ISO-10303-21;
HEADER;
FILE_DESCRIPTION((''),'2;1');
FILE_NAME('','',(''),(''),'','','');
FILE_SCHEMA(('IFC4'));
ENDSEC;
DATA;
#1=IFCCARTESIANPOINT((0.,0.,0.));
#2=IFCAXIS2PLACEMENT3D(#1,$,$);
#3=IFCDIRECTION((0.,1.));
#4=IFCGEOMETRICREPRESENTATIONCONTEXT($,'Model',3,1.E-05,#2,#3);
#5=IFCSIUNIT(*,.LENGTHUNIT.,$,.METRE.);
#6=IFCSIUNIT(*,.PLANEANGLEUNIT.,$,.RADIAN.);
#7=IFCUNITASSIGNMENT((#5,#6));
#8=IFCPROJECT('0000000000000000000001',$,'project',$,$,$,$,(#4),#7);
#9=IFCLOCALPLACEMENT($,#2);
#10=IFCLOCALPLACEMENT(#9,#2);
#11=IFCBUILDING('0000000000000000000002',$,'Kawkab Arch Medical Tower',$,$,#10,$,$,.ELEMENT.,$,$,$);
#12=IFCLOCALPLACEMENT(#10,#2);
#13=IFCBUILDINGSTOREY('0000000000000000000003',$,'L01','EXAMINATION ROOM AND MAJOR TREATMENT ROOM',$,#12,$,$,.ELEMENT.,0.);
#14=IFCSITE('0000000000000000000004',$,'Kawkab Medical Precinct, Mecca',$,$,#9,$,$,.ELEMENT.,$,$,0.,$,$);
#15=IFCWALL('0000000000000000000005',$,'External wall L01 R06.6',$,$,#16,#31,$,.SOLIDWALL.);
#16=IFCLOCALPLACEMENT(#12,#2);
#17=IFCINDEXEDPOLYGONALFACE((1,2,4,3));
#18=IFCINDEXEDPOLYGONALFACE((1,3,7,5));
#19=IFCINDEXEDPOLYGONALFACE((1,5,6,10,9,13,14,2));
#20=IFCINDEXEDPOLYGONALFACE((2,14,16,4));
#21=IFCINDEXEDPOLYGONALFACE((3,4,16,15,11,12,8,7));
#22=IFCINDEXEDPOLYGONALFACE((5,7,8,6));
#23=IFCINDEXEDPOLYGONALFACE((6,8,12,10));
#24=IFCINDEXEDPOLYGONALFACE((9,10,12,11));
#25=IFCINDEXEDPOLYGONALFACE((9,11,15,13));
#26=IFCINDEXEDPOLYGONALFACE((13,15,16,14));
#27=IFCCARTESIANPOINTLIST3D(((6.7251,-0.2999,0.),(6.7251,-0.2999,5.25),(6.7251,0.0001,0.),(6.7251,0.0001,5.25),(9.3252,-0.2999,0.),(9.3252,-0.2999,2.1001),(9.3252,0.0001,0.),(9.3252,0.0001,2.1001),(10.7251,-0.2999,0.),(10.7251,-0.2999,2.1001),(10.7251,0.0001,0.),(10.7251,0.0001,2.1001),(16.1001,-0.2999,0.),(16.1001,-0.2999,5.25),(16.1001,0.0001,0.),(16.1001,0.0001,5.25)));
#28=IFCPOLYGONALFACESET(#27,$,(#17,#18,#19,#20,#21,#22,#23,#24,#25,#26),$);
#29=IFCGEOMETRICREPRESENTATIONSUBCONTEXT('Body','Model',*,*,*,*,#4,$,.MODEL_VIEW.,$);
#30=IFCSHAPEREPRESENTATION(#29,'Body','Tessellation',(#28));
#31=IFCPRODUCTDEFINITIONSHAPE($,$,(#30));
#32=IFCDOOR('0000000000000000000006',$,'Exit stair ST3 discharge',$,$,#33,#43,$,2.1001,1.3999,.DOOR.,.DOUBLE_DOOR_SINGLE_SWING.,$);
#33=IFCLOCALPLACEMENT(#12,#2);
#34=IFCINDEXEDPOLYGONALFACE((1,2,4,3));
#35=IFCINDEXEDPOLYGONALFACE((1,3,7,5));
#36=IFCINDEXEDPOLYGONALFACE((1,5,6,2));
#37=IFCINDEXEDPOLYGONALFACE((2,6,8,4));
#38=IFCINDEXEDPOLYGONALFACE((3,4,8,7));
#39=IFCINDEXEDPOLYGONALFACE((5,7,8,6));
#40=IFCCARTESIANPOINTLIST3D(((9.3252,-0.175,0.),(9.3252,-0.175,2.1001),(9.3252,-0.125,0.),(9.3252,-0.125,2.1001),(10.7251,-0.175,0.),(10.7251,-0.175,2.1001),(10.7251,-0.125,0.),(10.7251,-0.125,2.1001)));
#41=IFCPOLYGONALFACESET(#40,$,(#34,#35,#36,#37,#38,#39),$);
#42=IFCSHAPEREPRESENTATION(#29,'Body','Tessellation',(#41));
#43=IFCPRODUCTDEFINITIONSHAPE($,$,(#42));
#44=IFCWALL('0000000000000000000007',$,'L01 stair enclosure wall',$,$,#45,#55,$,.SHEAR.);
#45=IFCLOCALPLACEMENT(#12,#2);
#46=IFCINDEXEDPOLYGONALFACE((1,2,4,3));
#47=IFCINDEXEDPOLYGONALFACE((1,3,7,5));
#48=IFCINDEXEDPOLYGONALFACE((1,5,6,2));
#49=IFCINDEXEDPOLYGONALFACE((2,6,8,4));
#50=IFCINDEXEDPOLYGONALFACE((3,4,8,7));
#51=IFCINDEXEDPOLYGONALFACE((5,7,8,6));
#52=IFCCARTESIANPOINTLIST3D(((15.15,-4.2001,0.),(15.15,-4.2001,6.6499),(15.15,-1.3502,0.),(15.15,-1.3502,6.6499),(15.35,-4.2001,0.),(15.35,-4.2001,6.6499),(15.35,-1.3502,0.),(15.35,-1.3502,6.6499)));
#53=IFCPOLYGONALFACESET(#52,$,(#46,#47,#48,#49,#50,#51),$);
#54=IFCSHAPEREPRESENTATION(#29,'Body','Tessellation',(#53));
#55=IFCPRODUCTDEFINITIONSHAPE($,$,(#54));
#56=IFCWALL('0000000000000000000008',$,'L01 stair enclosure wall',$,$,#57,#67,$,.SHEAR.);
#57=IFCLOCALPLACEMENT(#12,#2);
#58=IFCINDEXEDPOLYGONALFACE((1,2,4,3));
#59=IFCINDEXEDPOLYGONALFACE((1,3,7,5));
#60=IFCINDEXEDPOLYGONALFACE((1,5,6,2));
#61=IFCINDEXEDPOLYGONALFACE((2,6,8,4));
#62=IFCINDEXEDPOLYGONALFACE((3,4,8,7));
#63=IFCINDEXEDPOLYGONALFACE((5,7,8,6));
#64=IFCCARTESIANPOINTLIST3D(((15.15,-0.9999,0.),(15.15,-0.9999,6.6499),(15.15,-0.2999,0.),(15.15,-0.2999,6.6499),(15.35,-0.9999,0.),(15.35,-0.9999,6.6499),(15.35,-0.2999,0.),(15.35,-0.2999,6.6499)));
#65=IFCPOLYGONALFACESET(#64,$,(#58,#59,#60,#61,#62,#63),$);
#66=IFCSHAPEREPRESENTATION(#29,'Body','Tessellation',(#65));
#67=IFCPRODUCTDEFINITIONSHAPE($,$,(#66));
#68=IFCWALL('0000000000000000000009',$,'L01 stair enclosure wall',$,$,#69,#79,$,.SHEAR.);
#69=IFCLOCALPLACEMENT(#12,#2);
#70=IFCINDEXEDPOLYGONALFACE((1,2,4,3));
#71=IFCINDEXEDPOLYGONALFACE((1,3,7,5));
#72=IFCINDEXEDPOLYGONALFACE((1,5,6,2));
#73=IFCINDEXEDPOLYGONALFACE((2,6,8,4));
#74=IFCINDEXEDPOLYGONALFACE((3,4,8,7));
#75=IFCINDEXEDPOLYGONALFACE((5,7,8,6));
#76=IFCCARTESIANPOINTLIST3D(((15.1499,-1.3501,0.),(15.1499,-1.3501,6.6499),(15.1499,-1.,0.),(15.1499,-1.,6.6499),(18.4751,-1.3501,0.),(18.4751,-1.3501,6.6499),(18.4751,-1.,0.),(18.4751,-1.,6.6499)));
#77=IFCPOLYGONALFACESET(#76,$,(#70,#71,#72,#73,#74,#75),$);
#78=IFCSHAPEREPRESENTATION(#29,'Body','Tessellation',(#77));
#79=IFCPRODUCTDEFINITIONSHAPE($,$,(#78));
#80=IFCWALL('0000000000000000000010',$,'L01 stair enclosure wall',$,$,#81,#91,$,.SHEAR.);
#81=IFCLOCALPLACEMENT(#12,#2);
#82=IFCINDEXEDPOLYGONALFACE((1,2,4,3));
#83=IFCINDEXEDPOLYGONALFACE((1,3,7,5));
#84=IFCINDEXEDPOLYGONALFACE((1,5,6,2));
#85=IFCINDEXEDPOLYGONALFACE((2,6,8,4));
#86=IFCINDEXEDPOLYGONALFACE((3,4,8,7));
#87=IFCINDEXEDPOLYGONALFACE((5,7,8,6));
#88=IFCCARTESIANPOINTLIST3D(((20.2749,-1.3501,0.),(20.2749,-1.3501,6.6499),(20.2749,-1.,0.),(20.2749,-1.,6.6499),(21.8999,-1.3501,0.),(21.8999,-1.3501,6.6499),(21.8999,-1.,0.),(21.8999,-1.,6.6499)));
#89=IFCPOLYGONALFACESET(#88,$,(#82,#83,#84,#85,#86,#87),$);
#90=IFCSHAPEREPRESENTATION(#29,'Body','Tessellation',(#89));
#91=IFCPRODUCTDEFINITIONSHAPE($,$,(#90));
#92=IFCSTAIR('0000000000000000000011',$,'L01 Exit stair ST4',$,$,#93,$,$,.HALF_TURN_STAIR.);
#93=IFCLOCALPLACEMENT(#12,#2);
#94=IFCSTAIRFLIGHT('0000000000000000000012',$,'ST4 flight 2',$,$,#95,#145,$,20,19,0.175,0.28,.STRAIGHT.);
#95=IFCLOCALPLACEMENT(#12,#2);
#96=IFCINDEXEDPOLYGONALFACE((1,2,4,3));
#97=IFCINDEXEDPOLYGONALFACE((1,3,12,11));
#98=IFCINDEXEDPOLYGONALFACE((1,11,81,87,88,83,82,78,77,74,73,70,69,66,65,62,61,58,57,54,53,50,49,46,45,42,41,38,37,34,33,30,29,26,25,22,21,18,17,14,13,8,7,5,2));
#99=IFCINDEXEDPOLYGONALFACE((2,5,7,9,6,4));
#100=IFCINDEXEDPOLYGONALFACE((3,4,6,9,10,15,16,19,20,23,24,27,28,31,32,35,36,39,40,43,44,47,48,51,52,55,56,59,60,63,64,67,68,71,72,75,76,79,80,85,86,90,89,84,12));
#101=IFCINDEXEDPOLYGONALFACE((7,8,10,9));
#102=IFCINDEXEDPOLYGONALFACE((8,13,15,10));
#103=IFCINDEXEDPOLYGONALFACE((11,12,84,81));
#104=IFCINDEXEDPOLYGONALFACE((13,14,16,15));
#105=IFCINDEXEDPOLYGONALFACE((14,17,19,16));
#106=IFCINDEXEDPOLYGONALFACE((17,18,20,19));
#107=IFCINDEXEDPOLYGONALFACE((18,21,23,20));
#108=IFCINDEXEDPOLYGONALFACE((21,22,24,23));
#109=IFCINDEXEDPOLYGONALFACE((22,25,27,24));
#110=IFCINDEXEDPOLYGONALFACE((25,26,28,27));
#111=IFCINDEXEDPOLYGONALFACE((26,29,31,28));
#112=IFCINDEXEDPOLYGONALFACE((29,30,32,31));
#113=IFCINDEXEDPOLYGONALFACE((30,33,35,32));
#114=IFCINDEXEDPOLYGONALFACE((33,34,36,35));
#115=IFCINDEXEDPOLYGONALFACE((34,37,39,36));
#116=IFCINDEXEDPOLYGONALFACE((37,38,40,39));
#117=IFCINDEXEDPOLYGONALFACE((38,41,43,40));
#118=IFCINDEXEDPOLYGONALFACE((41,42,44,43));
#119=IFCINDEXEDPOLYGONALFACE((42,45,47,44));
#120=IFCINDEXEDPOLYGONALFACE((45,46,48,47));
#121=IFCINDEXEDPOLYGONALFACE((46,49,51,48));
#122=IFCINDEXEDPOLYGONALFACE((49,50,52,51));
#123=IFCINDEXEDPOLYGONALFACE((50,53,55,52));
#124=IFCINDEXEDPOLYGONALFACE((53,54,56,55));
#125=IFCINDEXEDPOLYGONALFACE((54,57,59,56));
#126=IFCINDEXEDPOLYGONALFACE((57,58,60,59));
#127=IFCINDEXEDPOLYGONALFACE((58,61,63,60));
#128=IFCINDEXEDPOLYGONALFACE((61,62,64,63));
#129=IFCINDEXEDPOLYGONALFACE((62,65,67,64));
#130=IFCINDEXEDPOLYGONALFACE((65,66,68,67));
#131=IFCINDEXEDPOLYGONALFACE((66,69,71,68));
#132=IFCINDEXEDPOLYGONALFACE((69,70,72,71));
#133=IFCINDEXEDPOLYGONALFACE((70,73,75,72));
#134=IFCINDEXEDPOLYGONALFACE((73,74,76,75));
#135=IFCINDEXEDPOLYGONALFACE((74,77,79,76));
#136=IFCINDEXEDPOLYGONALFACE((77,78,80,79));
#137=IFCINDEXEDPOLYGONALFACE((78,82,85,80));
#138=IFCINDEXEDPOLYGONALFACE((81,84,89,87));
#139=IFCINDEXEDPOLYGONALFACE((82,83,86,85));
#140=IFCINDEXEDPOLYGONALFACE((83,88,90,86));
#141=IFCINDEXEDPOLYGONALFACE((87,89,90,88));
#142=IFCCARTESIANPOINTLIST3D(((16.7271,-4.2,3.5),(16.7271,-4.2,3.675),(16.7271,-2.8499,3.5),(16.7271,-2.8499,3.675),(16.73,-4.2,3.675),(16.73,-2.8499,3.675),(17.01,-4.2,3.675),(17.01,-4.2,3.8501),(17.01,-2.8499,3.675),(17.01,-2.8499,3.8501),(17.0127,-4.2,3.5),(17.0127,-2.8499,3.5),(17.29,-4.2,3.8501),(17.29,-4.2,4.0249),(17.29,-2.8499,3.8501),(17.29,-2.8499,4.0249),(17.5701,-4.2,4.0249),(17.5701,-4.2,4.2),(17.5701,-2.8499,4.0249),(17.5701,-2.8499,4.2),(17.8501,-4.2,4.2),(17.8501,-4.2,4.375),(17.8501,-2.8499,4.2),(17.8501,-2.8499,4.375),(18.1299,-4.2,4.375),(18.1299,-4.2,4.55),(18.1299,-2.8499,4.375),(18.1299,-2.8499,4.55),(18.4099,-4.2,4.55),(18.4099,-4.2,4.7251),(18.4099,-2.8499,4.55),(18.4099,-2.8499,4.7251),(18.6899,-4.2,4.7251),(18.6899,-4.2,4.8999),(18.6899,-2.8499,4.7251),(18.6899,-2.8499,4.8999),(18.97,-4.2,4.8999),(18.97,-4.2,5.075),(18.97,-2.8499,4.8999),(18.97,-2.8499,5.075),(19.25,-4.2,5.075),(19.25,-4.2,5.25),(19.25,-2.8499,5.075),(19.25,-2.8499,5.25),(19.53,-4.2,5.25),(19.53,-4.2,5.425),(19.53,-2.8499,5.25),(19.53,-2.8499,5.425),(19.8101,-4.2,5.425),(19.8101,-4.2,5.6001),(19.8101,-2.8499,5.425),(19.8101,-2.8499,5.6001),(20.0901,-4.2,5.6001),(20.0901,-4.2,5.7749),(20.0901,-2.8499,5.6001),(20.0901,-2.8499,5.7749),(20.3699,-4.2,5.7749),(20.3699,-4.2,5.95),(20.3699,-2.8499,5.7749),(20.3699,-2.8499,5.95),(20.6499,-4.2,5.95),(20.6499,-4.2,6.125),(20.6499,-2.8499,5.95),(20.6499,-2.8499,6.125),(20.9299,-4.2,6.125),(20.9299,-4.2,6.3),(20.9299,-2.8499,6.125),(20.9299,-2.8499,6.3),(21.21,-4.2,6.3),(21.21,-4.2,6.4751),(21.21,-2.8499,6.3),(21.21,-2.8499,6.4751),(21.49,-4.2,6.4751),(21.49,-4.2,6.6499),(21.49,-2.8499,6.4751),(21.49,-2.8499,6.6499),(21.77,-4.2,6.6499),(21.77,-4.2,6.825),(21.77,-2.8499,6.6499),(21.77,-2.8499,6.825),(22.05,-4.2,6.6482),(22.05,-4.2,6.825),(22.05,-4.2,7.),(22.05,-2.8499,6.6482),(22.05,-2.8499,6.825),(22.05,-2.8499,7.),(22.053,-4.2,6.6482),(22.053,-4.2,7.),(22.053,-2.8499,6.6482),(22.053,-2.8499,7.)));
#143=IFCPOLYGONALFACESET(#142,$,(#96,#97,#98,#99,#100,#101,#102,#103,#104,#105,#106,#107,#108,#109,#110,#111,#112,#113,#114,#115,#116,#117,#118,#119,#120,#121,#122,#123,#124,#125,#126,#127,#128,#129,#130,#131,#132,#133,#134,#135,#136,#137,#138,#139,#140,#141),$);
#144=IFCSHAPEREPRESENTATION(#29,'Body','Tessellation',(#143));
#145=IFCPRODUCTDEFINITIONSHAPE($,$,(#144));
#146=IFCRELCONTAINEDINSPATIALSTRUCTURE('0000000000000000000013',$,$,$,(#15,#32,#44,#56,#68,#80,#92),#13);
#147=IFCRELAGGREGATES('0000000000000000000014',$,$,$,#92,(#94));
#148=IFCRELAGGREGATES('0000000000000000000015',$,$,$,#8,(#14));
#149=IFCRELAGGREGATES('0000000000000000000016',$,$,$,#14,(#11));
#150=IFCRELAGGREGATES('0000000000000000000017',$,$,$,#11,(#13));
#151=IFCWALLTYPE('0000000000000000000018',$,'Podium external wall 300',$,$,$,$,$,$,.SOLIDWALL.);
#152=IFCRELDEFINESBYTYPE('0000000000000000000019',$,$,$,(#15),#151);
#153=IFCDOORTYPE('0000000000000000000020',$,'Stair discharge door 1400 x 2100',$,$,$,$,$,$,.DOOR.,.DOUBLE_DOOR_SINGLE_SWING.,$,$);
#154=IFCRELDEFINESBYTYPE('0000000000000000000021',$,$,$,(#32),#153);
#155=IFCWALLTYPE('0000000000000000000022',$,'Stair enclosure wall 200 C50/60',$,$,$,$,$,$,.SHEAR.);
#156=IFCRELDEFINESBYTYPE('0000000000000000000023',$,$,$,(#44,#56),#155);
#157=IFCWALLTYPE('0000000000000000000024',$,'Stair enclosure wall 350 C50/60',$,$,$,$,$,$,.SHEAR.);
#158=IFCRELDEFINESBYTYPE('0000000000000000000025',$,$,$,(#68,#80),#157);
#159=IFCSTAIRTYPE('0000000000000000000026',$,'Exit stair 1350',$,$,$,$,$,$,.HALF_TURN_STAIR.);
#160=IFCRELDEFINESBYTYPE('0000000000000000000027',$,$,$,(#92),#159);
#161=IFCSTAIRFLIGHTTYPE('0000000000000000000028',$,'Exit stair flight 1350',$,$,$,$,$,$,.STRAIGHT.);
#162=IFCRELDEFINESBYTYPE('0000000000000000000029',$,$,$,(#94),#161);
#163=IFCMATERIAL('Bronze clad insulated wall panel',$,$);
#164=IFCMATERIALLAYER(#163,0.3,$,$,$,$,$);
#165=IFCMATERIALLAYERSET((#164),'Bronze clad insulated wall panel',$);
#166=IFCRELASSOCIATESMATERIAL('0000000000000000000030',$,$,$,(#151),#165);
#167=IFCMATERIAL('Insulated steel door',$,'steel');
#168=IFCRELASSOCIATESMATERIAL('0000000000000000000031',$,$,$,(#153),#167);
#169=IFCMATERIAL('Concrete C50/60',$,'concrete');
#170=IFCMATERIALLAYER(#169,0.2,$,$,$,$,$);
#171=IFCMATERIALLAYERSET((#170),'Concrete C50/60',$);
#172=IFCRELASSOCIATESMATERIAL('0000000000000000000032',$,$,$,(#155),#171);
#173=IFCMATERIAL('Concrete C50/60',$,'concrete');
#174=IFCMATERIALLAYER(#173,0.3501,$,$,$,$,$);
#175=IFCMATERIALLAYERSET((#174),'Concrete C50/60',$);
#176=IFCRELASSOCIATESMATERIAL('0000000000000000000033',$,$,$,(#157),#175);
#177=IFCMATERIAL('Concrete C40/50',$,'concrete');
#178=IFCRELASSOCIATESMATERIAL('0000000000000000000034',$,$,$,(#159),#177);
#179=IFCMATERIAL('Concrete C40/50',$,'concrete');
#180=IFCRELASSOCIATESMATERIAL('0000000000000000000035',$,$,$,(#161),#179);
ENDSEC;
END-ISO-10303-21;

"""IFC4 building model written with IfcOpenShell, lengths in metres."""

from ifc_helpers import new_model, si_unit, direction, frame, frame_2d, origin, place, context, subcontext, project, spatial, polyline, rectangle, outline, extrude, material, layer, layer_set, type_object, element, fill, aggregate, save


model = new_model("IFC4")

# Units and contexts
model_context = context("Model", 3, precision=1e-05, world=origin(), true_north=direction((0.0, 1.0)))
body_context = subcontext(model_context, "Body", "Model", "MODEL_VIEW")
ifc_project = project(units=[si_unit("LENGTHUNIT", "METRE"), si_unit("PLANEANGLEUNIT", "RADIAN")], contexts=[model_context])

# Site, building, storey
site_placement = place(None, origin())
site = spatial("IfcSite", under=ifc_project, at=site_placement, Name="Kawkab Medical Precinct, Mecca", CompositionType="ELEMENT", RefElevation=0.0)
building_placement = place(site_placement, origin())
building = spatial("IfcBuilding", under=site, at=building_placement, Name="Kawkab Arch Medical Tower", CompositionType="ELEMENT")
storey_placement = place(building_placement, origin())
storey = spatial("IfcBuildingStorey", under=building, at=storey_placement, Name="L01", Description="EXAMINATION ROOM AND MAJOR TREATMENT ROOM", CompositionType="ELEMENT", Elevation=0.0)

# Wall, opening, door
ifc_material_1 = material(Name="Bronze clad insulated wall panel")
ifc_layer_1 = layer(ifc_material_1, 0.3)
ifc_layer_set_1 = layer_set([ifc_layer_1], Name="Bronze clad insulated wall panel")
wall_type_1 = type_object("IfcWallType", Name="Podium external wall 300", PredefinedType="SOLIDWALL", material=ifc_layer_set_1)
wall_1_placement = place(storey_placement, frame((16.1001, -0.1499, 0.0), z_axis=(0.0, 0.0, 1.0), x_axis=(-1.0, 0.0, 0.0)))
wall_1 = element("IfcWall", 1, at=wall_1_placement, inside=storey, type_object=wall_type_1, Name="External wall L01 R06.6", PredefinedType="SOLIDWALL", context=body_context, shape_type="SweptSolid", body=[
    extrude(rectangle(XDim=9.375, YDim=0.3, at=frame_2d((4.6875, 0.0))), origin(), (0.0, 0.0, 1.0), 5.25),
])
opening_1_placement = place(wall_1_placement, frame((5.375, 0.0, 0.0)))
opening_1 = element("IfcOpeningElement", 2, at=opening_1_placement, cuts=wall_1, PredefinedType="OPENING", context=body_context, shape_type="SweptSolid", body=[
    extrude(rectangle(XDim=1.3999, YDim=2.1001, at=frame_2d((0.7, 1.05))), frame((0.0, 0.1599, 0.0), z_axis=(0.0, -1.0, 0.0), x_axis=(1.0, 0.0, 0.0)), (0.0, 0.0, 1.0), 0.3201),
])
ifc_material_2 = material(Name="Insulated steel door", Category="steel")
door_type_1 = type_object("IfcDoorType", Name="Stair discharge door 1400 x 2100", OperationType="DOUBLE_DOOR_SINGLE_SWING", PredefinedType="DOOR", material=ifc_material_2)
door_1_placement = place(opening_1_placement, frame((1.3999, 0.0, 0.0), z_axis=(0.0, 0.0, 1.0), x_axis=(-1.0, 0.0, 0.0)))
door_1 = element("IfcDoor", 3, at=door_1_placement, inside=storey, type_object=door_type_1, Name="Exit stair ST3 discharge", OperationType="DOUBLE_DOOR_SINGLE_SWING", OverallHeight=2.1001, OverallWidth=1.3999, PredefinedType="DOOR", context=body_context, shape_type="SweptSolid", body=[
    extrude(rectangle(XDim=1.3999, YDim=2.1001, at=frame_2d((0.7, 1.05))), frame((0.0, 0.0249, 0.0), z_axis=(0.0, -1.0, 0.0), x_axis=(1.0, 0.0, 0.0)), (0.0, 0.0, 1.0), 0.05),
])
fill(opening_1, door_1)

# Walls
ifc_material_3 = material(Name="Concrete C50/60", Category="concrete")
ifc_layer_2 = layer(ifc_material_3, 0.2)
ifc_layer_set_2 = layer_set([ifc_layer_2], Name="Concrete C50/60")
wall_type_2 = type_object("IfcWallType", Name="Stair enclosure wall 200 C50/60", PredefinedType="SHEAR", material=ifc_layer_set_2)
wall_2_placement = place(storey_placement, frame((15.25, -4.2, 0.0), z_axis=(0.0, 0.0, 1.0), x_axis=(0.0, 1.0, 0.0)))
element("IfcWall", 4, at=wall_2_placement, inside=storey, type_object=wall_type_2, Name="L01 stair enclosure wall", PredefinedType="SHEAR", context=body_context, shape_type="SweptSolid", body=[
    extrude(rectangle(XDim=2.8499, YDim=0.2, at=frame_2d((1.4248, 0.0))), origin(), (0.0, 0.0, 1.0), 6.6499),
])
wall_3_placement = place(storey_placement, frame((15.25, -1.0, 0.0), z_axis=(0.0, 0.0, 1.0), x_axis=(0.0, 1.0, 0.0)))
element("IfcWall", 5, at=wall_3_placement, inside=storey, type_object=wall_type_2, Name="L01 stair enclosure wall", PredefinedType="SHEAR", context=body_context, shape_type="SweptSolid", body=[
    extrude(rectangle(XDim=0.7, YDim=0.2, at=frame_2d((0.3501, 0.0))), origin(), (0.0, 0.0, 1.0), 6.6499),
])
ifc_material_4 = material(Name="Concrete C50/60", Category="concrete")
ifc_layer_3 = layer(ifc_material_4, 0.3501)
ifc_layer_set_3 = layer_set([ifc_layer_3], Name="Concrete C50/60")
wall_type_3 = type_object("IfcWallType", Name="Stair enclosure wall 350 C50/60", PredefinedType="SHEAR", material=ifc_layer_set_3)
wall_4_placement = place(storey_placement, frame((15.1499, -1.175, 0.0), z_axis=(0.0, 0.0, 1.0), x_axis=(1.0, 0.0, 0.0)))
element("IfcWall", 6, at=wall_4_placement, inside=storey, type_object=wall_type_3, Name="L01 stair enclosure wall", PredefinedType="SHEAR", context=body_context, shape_type="SweptSolid", body=[
    extrude(rectangle(XDim=3.3252, YDim=0.3501, at=frame_2d((1.6626, 0.0))), origin(), (0.0, 0.0, 1.0), 6.6499),
])
wall_5_placement = place(storey_placement, frame((20.2749, -1.175, 0.0), z_axis=(0.0, 0.0, 1.0), x_axis=(1.0, 0.0, 0.0)))
element("IfcWall", 7, at=wall_5_placement, inside=storey, type_object=wall_type_3, Name="L01 stair enclosure wall", PredefinedType="SHEAR", context=body_context, shape_type="SweptSolid", body=[
    extrude(rectangle(XDim=1.625, YDim=0.3501, at=frame_2d((0.8125, 0.0))), origin(), (0.0, 0.0, 1.0), 6.6499),
])

# Stair, stair flight
ifc_material_5 = material(Name="Concrete C40/50", Category="concrete")
stair_type = type_object("IfcStairType", Name="Exit stair 1350", PredefinedType="HALF_TURN_STAIR", material=ifc_material_5)
stair_placement = place(storey_placement, origin())
stair = element("IfcStair", 8, at=stair_placement, inside=storey, type_object=stair_type, Name="L01 Exit stair ST4", PredefinedType="HALF_TURN_STAIR")
ifc_material_6 = material(Name="Concrete C40/50", Category="concrete")
stair_flight_type = type_object("IfcStairFlightType", Name="Exit stair flight 1350", PredefinedType="STRAIGHT", material=ifc_material_6)
stair_flight_placement = place(storey_placement, frame((16.73, -3.5249, 3.5), z_axis=(0.0, 0.0, 1.0), x_axis=(1.0, 0.0, 0.0)))
stair_flight = element("IfcStairFlight", 9, at=stair_flight_placement, type_object=stair_flight_type, Name="ST4 flight 2", NumberOfRisers=20, NumberOfTreads=19, PredefinedType="STRAIGHT", RiserHeight=0.175, TreadLength=0.28, context=body_context, shape_type="SweptSolid", body=[
    extrude(outline(polyline([(-0.0029, 0.0), (-0.0029, 0.175), (0.0, 0.175), (0.28, 0.175), (0.28, 0.3501), (0.5601, 0.3501), (0.5601, 0.5249), (0.8401, 0.5249), (0.8401, 0.7), (1.1201, 0.7), (1.1201, 0.875), (1.3999, 0.875), (1.3999, 1.05), (1.6799, 1.05), (1.6799, 1.2251), (1.96, 1.2251), (1.96, 1.3999), (2.24, 1.3999), (2.24, 1.575), (2.52, 1.575), (2.52, 1.75), (2.8, 1.75), (2.8, 1.925), (3.0801, 1.925), (3.0801, 2.1001), (3.3601, 2.1001), (3.3601, 2.2749), (3.6399, 2.2749), (3.6399, 2.45), (3.9199, 2.45), (3.9199, 2.625), (4.2, 2.625), (4.2, 2.8), (4.48, 2.8), (4.48, 2.9751), (4.76, 2.9751), (4.76, 3.1499), (5.04, 3.1499), (5.04, 3.325), (5.3201, 3.325), (5.3201, 3.5), (5.323, 3.5), (5.323, 3.1482), (5.3201, 3.1482), (0.2827, 0.0), (-0.0029, 0.0)])), frame((0.0, 0.675, 0.0), z_axis=(0.0, -1.0, 0.0), x_axis=(1.0, 0.0, 0.0)), (0.0, 0.0, 1.0), 1.3501),
])
aggregate(stair, [stair_flight])

save(model, "model.ifc")
